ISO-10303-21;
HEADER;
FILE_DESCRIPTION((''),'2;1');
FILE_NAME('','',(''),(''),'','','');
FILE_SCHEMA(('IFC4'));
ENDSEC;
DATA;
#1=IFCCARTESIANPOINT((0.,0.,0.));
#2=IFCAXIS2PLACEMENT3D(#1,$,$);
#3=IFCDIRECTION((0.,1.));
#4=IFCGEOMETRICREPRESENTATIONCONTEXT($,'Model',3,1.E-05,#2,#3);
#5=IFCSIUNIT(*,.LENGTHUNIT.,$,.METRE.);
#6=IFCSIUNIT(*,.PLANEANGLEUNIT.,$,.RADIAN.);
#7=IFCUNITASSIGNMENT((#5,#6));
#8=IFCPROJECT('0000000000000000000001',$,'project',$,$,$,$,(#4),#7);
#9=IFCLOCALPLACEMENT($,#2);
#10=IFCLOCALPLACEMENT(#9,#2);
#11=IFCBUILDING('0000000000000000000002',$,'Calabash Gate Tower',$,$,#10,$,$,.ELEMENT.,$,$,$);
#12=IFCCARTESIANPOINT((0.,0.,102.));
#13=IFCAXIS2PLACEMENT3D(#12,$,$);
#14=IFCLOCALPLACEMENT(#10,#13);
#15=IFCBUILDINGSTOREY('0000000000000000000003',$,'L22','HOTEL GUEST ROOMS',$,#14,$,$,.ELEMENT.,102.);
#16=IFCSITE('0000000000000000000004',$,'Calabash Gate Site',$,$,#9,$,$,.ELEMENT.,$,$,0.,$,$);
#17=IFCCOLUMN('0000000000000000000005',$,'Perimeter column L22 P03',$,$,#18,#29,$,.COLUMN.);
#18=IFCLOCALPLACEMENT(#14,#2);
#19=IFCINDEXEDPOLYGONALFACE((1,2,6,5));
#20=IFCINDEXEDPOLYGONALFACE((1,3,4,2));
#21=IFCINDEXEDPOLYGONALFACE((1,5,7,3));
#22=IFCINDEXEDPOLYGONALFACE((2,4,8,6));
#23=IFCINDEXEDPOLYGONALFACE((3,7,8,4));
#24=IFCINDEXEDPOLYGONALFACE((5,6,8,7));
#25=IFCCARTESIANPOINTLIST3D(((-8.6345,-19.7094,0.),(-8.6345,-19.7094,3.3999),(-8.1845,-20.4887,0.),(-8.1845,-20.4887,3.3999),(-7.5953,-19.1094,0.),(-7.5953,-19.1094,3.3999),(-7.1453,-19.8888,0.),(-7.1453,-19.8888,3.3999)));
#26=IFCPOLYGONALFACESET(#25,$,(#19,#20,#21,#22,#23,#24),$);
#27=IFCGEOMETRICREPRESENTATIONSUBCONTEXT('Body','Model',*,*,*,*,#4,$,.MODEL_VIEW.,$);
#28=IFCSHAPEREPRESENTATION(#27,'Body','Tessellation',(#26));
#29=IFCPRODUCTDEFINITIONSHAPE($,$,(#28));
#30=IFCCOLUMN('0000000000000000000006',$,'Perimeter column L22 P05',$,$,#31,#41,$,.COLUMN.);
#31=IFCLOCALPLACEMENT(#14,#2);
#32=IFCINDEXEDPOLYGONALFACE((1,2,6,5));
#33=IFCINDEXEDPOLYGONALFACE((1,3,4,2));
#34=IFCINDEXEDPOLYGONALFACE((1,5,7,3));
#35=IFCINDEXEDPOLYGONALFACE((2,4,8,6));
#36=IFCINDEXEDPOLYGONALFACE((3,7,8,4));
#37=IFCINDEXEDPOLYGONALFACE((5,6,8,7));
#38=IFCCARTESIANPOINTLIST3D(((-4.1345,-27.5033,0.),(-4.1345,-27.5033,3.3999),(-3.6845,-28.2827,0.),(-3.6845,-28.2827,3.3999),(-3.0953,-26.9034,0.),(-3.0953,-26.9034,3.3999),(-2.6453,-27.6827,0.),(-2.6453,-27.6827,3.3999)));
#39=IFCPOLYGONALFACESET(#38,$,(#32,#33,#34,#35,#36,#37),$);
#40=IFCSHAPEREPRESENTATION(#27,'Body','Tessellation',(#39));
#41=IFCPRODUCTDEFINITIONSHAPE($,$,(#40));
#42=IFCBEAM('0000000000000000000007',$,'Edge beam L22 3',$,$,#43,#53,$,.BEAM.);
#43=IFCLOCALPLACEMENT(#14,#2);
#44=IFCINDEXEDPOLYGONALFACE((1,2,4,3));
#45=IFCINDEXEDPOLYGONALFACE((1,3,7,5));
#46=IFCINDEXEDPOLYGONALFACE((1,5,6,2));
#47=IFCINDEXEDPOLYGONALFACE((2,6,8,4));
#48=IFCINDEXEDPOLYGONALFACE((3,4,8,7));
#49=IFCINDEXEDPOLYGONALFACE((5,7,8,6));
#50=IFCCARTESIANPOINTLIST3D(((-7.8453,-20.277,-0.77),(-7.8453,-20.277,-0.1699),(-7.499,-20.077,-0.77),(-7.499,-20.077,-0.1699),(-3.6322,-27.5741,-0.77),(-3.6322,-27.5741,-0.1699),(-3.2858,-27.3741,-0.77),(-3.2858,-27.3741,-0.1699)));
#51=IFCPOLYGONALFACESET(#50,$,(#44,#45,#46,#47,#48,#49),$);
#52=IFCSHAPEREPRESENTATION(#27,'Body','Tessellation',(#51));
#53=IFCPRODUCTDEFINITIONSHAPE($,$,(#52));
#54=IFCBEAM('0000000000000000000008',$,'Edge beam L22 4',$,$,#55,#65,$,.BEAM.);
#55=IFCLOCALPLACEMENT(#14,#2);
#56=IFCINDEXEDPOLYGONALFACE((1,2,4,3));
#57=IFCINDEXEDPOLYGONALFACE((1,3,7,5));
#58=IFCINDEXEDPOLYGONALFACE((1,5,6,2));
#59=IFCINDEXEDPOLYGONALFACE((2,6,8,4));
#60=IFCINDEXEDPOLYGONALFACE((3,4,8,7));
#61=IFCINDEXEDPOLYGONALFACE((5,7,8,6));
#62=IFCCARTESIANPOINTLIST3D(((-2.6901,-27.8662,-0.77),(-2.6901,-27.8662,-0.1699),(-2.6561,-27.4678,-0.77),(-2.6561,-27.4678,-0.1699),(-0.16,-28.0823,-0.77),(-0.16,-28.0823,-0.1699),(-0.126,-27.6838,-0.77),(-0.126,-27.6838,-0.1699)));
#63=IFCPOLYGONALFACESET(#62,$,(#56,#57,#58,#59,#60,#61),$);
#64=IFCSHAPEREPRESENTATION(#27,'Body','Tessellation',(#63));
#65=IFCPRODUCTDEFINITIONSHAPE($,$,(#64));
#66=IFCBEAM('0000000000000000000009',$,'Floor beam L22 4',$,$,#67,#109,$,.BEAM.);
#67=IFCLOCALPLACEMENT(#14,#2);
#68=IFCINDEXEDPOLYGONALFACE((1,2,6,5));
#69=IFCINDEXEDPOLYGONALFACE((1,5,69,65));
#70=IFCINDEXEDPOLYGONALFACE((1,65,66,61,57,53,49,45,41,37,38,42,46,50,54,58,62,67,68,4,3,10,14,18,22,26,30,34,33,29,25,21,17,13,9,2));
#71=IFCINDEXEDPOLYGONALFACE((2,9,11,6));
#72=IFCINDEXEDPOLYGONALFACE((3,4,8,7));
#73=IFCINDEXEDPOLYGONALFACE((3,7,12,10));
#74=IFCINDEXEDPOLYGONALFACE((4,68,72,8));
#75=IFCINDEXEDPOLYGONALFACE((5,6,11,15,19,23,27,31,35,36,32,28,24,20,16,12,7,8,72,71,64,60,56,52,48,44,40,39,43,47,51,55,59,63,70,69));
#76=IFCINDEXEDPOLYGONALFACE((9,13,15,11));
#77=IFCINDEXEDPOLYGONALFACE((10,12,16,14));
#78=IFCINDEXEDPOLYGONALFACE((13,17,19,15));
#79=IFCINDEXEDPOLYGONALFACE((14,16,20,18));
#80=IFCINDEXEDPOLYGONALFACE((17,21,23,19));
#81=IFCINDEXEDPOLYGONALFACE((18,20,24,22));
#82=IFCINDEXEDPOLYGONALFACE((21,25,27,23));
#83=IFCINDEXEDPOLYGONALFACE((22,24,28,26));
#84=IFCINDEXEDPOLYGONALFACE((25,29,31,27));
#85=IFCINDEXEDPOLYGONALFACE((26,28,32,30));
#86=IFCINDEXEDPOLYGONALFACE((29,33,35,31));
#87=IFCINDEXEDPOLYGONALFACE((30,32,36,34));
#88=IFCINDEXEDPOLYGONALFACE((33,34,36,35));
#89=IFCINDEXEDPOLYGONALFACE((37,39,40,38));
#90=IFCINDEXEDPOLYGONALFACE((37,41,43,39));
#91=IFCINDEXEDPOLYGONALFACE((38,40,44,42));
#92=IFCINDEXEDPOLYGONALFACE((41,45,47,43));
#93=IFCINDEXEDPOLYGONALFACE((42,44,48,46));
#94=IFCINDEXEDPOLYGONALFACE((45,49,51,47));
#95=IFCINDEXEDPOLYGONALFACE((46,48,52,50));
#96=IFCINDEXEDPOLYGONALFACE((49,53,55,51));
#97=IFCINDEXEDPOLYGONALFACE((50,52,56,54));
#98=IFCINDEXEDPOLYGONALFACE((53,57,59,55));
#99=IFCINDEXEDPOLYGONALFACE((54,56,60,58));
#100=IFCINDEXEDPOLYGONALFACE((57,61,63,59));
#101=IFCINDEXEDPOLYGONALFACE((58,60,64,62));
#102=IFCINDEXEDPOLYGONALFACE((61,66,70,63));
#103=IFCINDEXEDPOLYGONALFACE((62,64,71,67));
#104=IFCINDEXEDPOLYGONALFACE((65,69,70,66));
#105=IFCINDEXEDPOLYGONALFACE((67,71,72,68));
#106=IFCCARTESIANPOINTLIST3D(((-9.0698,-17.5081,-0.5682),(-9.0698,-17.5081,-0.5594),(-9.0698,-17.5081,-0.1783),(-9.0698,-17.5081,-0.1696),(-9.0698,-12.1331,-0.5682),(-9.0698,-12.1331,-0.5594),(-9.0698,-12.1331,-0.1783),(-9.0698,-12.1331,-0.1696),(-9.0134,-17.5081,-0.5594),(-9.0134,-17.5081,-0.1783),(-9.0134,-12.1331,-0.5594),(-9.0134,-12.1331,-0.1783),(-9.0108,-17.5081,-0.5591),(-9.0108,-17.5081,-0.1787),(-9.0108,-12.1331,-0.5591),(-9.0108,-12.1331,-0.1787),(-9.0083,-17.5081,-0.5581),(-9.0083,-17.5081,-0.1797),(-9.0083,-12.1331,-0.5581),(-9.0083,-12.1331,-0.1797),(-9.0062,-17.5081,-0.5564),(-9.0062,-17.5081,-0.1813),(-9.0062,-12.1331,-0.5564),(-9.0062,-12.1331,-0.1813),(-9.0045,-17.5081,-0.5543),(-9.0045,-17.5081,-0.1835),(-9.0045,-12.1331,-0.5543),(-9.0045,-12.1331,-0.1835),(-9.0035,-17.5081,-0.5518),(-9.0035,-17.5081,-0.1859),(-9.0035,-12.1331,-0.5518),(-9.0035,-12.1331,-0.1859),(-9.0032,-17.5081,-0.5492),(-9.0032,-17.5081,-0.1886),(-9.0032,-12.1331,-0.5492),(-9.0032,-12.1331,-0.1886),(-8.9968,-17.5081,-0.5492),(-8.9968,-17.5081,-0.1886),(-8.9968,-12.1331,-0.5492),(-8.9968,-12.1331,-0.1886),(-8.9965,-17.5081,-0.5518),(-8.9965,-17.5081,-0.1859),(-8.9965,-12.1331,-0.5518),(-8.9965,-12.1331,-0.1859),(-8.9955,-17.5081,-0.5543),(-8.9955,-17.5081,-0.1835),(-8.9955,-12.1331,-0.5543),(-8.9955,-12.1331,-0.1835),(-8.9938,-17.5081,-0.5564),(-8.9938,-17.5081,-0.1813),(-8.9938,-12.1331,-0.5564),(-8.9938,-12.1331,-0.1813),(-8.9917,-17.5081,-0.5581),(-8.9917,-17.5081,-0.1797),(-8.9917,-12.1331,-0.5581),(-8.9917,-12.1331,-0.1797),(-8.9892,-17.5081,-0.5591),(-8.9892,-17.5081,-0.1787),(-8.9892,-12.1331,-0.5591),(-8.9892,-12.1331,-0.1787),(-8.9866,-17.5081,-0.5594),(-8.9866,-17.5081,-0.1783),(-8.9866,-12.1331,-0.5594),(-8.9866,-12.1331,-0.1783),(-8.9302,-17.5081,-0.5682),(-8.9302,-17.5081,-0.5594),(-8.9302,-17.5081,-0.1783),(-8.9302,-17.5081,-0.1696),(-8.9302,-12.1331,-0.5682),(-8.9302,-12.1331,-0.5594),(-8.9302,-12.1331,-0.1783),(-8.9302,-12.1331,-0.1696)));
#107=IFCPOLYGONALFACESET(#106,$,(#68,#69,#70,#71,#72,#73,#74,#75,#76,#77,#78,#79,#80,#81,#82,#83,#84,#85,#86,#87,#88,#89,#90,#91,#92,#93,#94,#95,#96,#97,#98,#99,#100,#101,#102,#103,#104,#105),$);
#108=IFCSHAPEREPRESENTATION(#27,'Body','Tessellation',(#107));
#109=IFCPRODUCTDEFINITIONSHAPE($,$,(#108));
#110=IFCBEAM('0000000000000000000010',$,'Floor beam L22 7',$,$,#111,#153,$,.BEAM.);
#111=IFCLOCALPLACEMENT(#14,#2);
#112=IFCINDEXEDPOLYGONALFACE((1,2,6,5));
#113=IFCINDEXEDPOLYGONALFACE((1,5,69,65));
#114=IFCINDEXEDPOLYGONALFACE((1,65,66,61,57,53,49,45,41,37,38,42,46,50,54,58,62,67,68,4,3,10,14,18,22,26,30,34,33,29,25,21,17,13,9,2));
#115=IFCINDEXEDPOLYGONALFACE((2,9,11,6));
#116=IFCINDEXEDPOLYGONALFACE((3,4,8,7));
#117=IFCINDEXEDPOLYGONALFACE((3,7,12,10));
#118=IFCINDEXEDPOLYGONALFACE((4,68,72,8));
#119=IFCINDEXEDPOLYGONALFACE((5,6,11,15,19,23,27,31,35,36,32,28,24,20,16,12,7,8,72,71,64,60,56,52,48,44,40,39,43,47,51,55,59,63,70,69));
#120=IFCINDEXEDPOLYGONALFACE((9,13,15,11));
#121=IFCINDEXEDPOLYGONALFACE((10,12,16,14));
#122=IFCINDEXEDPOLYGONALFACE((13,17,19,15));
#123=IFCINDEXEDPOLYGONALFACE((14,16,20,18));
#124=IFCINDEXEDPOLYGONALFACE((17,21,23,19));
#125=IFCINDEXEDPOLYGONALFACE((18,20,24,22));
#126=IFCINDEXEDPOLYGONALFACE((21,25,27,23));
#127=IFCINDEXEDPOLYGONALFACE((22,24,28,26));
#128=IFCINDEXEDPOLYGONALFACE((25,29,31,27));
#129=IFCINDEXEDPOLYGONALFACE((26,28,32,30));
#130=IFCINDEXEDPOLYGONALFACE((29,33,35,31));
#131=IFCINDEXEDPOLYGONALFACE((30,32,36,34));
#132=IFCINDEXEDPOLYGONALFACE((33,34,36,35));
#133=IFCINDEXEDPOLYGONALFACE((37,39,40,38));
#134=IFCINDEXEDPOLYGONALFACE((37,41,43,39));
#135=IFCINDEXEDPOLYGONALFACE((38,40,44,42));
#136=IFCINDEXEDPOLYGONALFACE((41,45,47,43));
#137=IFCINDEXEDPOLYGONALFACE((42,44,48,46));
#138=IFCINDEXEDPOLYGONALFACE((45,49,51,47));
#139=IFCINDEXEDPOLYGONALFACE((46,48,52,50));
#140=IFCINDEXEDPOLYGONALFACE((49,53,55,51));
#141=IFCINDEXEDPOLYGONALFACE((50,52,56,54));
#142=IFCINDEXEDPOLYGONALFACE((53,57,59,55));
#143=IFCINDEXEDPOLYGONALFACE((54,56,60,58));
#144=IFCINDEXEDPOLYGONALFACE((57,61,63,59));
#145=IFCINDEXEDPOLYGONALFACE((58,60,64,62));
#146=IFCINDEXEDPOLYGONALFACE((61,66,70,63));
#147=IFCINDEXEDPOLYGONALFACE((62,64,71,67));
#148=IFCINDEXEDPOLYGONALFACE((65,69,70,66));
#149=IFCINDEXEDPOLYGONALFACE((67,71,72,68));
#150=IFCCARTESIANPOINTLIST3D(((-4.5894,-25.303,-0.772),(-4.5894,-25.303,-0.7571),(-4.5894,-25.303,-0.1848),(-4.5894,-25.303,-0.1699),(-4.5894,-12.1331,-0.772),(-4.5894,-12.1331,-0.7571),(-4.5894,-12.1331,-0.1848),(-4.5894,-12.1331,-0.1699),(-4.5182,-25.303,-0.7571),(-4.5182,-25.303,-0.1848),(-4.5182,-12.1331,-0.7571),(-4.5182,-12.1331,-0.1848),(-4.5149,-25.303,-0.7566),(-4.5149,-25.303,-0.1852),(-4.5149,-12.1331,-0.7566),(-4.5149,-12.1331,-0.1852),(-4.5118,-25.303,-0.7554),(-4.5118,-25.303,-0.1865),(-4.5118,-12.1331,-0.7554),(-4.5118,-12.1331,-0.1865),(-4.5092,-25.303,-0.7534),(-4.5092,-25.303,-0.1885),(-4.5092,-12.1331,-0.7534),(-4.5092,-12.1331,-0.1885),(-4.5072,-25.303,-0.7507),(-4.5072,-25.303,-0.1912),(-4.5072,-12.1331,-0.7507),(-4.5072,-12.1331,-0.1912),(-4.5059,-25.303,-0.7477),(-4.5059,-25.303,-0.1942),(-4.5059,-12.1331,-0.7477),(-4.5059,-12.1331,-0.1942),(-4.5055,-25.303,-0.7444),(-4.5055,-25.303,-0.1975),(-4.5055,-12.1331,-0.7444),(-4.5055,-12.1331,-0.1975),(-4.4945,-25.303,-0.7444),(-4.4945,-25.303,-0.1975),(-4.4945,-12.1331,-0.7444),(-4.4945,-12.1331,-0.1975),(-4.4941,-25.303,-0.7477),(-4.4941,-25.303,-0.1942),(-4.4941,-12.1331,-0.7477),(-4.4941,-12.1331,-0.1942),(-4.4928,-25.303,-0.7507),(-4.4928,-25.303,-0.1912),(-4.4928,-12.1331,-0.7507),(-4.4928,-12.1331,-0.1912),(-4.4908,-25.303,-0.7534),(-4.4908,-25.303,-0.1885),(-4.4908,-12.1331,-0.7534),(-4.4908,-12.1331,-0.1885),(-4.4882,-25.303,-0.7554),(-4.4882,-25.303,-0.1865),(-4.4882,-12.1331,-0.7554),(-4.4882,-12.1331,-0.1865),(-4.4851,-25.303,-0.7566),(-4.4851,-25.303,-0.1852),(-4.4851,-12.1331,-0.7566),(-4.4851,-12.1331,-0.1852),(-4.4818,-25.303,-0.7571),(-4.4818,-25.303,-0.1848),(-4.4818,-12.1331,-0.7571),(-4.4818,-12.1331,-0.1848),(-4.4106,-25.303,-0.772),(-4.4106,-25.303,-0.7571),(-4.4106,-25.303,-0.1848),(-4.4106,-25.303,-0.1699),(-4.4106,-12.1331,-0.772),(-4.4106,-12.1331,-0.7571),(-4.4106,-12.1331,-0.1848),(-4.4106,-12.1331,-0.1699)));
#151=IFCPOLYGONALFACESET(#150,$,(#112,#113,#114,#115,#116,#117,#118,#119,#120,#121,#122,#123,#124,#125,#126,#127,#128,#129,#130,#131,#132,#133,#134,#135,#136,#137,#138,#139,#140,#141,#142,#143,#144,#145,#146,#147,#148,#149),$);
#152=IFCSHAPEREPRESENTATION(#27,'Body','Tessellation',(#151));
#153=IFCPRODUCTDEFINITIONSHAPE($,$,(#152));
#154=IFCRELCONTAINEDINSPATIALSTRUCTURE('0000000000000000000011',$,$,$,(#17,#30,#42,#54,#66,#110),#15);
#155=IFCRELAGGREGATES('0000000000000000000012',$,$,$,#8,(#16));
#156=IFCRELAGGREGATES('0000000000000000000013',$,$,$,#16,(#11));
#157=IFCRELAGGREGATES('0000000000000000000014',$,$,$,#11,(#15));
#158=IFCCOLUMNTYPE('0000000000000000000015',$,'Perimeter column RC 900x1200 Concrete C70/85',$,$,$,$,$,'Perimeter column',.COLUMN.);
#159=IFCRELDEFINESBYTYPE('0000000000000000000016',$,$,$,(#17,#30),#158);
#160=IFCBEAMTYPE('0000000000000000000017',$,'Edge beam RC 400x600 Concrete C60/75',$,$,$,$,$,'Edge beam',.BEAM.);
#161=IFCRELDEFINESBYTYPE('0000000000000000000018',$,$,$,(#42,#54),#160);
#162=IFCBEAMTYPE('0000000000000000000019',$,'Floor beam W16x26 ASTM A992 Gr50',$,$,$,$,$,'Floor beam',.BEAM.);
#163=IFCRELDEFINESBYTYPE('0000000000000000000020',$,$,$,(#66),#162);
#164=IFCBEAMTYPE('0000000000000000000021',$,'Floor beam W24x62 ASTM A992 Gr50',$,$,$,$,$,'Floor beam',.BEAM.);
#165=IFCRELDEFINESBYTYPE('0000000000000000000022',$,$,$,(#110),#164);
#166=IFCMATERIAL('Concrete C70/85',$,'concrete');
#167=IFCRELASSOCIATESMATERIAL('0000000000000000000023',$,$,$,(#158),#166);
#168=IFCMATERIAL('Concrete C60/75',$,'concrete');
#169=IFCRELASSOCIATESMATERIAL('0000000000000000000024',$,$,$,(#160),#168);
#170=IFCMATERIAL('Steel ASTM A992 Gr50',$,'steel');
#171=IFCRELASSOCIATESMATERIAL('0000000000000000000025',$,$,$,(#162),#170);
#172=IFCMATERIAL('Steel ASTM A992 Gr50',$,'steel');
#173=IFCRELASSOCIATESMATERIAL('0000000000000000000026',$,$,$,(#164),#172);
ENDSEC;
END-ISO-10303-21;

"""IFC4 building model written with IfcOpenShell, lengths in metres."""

from ifc_helpers import new_model, si_unit, direction, frame, origin, origin_2d, place, context, subcontext, project, spatial, rectangle, i_section, extrude, material, material_profile, profile_set, type_object, element, save


model = new_model("IFC4")

# Units and contexts
model_context = context("Model", 3, precision=1e-05, world=origin(), true_north=direction((0.0, 1.0)))
body_context = subcontext(model_context, "Body", "Model", "MODEL_VIEW")
ifc_project = project(units=[si_unit("LENGTHUNIT", "METRE"), si_unit("PLANEANGLEUNIT", "RADIAN")], contexts=[model_context])

# Site, building, storey
site_placement = place(None, origin())
site = spatial("IfcSite", under=ifc_project, at=site_placement, Name="Calabash Gate Site", CompositionType="ELEMENT", RefElevation=0.0)
building_placement = place(site_placement, origin())
building = spatial("IfcBuilding", under=site, at=building_placement, Name="Calabash Gate Tower", CompositionType="ELEMENT")
storey_placement = place(building_placement, frame((0.0, 0.0, 102.0)))
storey = spatial("IfcBuildingStorey", under=building, at=storey_placement, Name="L22", Description="HOTEL GUEST ROOMS", CompositionType="ELEMENT", Elevation=102.0)

# Columns
ifc_material_1 = material(Name="Concrete C70/85", Category="concrete")
ifc_material_profile_1 = material_profile(ifc_material_1, rectangle(XDim=0.8999, YDim=1.2, at=origin_2d()))
ifc_profile_set_1 = profile_set([ifc_material_profile_1], Name="Concrete C70/85")
column_type = type_object("IfcColumnType", Name="Perimeter column RC 900x1200 Concrete C70/85", ElementType="Perimeter column", PredefinedType="COLUMN", material=ifc_profile_set_1)
for number, where, z_axis, x_axis, name in (
    (1, (-7.8899, -19.7991, 0.0), (0.0, 0.0, 1.0), (0.5, -0.866025, 0.0), "Perimeter column L22 P03"),
    (2, (-3.3899, -27.593, 0.0), (0.0, 0.0, 1.0), (0.5, -0.866025, 0.0), "Perimeter column L22 P05"),
):
    element("IfcColumn", number, at=place(storey_placement, frame(where, z_axis=z_axis, x_axis=x_axis)), inside=storey, type_object=column_type, Name=name, PredefinedType="COLUMN", context=body_context, shape_type="SweptSolid", body=[
        extrude(rectangle(XDim=0.8999, YDim=1.2, at=origin_2d()), origin(), (0.0, 0.0, 1.0), 3.3999),
    ])

# Beams
ifc_material_2 = material(Name="Concrete C60/75", Category="concrete")
ifc_material_profile_2 = material_profile(ifc_material_2, rectangle(XDim=0.3999, YDim=0.6001, at=origin_2d()))
ifc_profile_set_2 = profile_set([ifc_material_profile_2], Name="Concrete C60/75")
beam_type_1 = type_object("IfcBeamType", Name="Edge beam RC 400x600 Concrete C60/75", ElementType="Edge beam", PredefinedType="BEAM", material=ifc_profile_set_2)
beam_1_placement = place(storey_placement, frame((-7.6721, -20.177, -0.47), z_axis=(0.500013, -0.866018, 0.0), x_axis=(0.866018, 0.500013, 0.0)))
element("IfcBeam", 3, at=beam_1_placement, inside=storey, type_object=beam_type_1, Name="Edge beam L22 3", PredefinedType="BEAM", context=body_context, shape_type="SweptSolid", body=[
    extrude(rectangle(XDim=0.3999, YDim=0.6001, at=origin_2d()), origin(), (0.0, 0.0, 1.0), 8.426),
])
beam_2_placement = place(storey_placement, frame((-2.6731, -27.667, -0.47), z_axis=(0.996373, -0.08509, 0.0), x_axis=(0.08509, 0.996373, 0.0)))
element("IfcBeam", 4, at=beam_2_placement, inside=storey, type_object=beam_type_1, Name="Edge beam L22 4", PredefinedType="BEAM", context=body_context, shape_type="SweptSolid", body=[
    extrude(rectangle(XDim=0.3999, YDim=0.6001, at=origin_2d()), origin(), (0.0, 0.0, 1.0), 2.5393),
])
ifc_material_3 = material(Name="Steel ASTM A992 Gr50", Category="steel")
ifc_material_profile_3 = material_profile(ifc_material_3, i_section(OverallWidth=0.1396, OverallDepth=0.3987, WebThickness=0.0063, FlangeThickness=0.0088, FilletRadius=0.0103, at=origin_2d()))
ifc_profile_set_3 = profile_set([ifc_material_profile_3], Name="Steel ASTM A992 Gr50")
beam_type_2 = type_object("IfcBeamType", Name="Floor beam W16x26 ASTM A992 Gr50", ElementType="Floor beam", PredefinedType="BEAM", material=ifc_profile_set_3)
beam_3_placement = place(storey_placement, frame((-9.0, -17.5081, -0.3689), z_axis=(0.0, 1.0, 0.0), x_axis=(-1.0, 0.0, 0.0)))
element("IfcBeam", 5, at=beam_3_placement, inside=storey, type_object=beam_type_2, Name="Floor beam L22 4", PredefinedType="BEAM", context=body_context, shape_type="SweptSolid", body=[
    extrude(i_section(OverallWidth=0.1396, OverallDepth=0.3987, WebThickness=0.0063, FlangeThickness=0.0088, FilletRadius=0.0103, at=origin_2d()), origin(), (0.0, 0.0, 1.0), 5.375),
])
ifc_material_4 = material(Name="Steel ASTM A992 Gr50", Category="steel")
ifc_material_profile_4 = material_profile(ifc_material_4, i_section(OverallWidth=0.1787, OverallDepth=0.6021, WebThickness=0.011, FlangeThickness=0.0149, FilletRadius=0.0127, at=origin_2d()))
ifc_profile_set_4 = profile_set([ifc_material_profile_4], Name="Steel ASTM A992 Gr50")
beam_type_3 = type_object("IfcBeamType", Name="Floor beam W24x62 ASTM A992 Gr50", ElementType="Floor beam", PredefinedType="BEAM", material=ifc_profile_set_4)
beam_4_placement = place(storey_placement, frame((-4.5, -25.303, -0.4709), z_axis=(0.0, 1.0, 0.0), x_axis=(-1.0, 0.0, 0.0)))
element("IfcBeam", 6, at=beam_4_placement, inside=storey, type_object=beam_type_3, Name="Floor beam L22 7", PredefinedType="BEAM", context=body_context, shape_type="SweptSolid", body=[
    extrude(i_section(OverallWidth=0.1787, OverallDepth=0.6021, WebThickness=0.011, FlangeThickness=0.0149, FilletRadius=0.0127, at=origin_2d()), origin(), (0.0, 0.0, 1.0), 13.1699),
])

save(model, "model.ifc")
